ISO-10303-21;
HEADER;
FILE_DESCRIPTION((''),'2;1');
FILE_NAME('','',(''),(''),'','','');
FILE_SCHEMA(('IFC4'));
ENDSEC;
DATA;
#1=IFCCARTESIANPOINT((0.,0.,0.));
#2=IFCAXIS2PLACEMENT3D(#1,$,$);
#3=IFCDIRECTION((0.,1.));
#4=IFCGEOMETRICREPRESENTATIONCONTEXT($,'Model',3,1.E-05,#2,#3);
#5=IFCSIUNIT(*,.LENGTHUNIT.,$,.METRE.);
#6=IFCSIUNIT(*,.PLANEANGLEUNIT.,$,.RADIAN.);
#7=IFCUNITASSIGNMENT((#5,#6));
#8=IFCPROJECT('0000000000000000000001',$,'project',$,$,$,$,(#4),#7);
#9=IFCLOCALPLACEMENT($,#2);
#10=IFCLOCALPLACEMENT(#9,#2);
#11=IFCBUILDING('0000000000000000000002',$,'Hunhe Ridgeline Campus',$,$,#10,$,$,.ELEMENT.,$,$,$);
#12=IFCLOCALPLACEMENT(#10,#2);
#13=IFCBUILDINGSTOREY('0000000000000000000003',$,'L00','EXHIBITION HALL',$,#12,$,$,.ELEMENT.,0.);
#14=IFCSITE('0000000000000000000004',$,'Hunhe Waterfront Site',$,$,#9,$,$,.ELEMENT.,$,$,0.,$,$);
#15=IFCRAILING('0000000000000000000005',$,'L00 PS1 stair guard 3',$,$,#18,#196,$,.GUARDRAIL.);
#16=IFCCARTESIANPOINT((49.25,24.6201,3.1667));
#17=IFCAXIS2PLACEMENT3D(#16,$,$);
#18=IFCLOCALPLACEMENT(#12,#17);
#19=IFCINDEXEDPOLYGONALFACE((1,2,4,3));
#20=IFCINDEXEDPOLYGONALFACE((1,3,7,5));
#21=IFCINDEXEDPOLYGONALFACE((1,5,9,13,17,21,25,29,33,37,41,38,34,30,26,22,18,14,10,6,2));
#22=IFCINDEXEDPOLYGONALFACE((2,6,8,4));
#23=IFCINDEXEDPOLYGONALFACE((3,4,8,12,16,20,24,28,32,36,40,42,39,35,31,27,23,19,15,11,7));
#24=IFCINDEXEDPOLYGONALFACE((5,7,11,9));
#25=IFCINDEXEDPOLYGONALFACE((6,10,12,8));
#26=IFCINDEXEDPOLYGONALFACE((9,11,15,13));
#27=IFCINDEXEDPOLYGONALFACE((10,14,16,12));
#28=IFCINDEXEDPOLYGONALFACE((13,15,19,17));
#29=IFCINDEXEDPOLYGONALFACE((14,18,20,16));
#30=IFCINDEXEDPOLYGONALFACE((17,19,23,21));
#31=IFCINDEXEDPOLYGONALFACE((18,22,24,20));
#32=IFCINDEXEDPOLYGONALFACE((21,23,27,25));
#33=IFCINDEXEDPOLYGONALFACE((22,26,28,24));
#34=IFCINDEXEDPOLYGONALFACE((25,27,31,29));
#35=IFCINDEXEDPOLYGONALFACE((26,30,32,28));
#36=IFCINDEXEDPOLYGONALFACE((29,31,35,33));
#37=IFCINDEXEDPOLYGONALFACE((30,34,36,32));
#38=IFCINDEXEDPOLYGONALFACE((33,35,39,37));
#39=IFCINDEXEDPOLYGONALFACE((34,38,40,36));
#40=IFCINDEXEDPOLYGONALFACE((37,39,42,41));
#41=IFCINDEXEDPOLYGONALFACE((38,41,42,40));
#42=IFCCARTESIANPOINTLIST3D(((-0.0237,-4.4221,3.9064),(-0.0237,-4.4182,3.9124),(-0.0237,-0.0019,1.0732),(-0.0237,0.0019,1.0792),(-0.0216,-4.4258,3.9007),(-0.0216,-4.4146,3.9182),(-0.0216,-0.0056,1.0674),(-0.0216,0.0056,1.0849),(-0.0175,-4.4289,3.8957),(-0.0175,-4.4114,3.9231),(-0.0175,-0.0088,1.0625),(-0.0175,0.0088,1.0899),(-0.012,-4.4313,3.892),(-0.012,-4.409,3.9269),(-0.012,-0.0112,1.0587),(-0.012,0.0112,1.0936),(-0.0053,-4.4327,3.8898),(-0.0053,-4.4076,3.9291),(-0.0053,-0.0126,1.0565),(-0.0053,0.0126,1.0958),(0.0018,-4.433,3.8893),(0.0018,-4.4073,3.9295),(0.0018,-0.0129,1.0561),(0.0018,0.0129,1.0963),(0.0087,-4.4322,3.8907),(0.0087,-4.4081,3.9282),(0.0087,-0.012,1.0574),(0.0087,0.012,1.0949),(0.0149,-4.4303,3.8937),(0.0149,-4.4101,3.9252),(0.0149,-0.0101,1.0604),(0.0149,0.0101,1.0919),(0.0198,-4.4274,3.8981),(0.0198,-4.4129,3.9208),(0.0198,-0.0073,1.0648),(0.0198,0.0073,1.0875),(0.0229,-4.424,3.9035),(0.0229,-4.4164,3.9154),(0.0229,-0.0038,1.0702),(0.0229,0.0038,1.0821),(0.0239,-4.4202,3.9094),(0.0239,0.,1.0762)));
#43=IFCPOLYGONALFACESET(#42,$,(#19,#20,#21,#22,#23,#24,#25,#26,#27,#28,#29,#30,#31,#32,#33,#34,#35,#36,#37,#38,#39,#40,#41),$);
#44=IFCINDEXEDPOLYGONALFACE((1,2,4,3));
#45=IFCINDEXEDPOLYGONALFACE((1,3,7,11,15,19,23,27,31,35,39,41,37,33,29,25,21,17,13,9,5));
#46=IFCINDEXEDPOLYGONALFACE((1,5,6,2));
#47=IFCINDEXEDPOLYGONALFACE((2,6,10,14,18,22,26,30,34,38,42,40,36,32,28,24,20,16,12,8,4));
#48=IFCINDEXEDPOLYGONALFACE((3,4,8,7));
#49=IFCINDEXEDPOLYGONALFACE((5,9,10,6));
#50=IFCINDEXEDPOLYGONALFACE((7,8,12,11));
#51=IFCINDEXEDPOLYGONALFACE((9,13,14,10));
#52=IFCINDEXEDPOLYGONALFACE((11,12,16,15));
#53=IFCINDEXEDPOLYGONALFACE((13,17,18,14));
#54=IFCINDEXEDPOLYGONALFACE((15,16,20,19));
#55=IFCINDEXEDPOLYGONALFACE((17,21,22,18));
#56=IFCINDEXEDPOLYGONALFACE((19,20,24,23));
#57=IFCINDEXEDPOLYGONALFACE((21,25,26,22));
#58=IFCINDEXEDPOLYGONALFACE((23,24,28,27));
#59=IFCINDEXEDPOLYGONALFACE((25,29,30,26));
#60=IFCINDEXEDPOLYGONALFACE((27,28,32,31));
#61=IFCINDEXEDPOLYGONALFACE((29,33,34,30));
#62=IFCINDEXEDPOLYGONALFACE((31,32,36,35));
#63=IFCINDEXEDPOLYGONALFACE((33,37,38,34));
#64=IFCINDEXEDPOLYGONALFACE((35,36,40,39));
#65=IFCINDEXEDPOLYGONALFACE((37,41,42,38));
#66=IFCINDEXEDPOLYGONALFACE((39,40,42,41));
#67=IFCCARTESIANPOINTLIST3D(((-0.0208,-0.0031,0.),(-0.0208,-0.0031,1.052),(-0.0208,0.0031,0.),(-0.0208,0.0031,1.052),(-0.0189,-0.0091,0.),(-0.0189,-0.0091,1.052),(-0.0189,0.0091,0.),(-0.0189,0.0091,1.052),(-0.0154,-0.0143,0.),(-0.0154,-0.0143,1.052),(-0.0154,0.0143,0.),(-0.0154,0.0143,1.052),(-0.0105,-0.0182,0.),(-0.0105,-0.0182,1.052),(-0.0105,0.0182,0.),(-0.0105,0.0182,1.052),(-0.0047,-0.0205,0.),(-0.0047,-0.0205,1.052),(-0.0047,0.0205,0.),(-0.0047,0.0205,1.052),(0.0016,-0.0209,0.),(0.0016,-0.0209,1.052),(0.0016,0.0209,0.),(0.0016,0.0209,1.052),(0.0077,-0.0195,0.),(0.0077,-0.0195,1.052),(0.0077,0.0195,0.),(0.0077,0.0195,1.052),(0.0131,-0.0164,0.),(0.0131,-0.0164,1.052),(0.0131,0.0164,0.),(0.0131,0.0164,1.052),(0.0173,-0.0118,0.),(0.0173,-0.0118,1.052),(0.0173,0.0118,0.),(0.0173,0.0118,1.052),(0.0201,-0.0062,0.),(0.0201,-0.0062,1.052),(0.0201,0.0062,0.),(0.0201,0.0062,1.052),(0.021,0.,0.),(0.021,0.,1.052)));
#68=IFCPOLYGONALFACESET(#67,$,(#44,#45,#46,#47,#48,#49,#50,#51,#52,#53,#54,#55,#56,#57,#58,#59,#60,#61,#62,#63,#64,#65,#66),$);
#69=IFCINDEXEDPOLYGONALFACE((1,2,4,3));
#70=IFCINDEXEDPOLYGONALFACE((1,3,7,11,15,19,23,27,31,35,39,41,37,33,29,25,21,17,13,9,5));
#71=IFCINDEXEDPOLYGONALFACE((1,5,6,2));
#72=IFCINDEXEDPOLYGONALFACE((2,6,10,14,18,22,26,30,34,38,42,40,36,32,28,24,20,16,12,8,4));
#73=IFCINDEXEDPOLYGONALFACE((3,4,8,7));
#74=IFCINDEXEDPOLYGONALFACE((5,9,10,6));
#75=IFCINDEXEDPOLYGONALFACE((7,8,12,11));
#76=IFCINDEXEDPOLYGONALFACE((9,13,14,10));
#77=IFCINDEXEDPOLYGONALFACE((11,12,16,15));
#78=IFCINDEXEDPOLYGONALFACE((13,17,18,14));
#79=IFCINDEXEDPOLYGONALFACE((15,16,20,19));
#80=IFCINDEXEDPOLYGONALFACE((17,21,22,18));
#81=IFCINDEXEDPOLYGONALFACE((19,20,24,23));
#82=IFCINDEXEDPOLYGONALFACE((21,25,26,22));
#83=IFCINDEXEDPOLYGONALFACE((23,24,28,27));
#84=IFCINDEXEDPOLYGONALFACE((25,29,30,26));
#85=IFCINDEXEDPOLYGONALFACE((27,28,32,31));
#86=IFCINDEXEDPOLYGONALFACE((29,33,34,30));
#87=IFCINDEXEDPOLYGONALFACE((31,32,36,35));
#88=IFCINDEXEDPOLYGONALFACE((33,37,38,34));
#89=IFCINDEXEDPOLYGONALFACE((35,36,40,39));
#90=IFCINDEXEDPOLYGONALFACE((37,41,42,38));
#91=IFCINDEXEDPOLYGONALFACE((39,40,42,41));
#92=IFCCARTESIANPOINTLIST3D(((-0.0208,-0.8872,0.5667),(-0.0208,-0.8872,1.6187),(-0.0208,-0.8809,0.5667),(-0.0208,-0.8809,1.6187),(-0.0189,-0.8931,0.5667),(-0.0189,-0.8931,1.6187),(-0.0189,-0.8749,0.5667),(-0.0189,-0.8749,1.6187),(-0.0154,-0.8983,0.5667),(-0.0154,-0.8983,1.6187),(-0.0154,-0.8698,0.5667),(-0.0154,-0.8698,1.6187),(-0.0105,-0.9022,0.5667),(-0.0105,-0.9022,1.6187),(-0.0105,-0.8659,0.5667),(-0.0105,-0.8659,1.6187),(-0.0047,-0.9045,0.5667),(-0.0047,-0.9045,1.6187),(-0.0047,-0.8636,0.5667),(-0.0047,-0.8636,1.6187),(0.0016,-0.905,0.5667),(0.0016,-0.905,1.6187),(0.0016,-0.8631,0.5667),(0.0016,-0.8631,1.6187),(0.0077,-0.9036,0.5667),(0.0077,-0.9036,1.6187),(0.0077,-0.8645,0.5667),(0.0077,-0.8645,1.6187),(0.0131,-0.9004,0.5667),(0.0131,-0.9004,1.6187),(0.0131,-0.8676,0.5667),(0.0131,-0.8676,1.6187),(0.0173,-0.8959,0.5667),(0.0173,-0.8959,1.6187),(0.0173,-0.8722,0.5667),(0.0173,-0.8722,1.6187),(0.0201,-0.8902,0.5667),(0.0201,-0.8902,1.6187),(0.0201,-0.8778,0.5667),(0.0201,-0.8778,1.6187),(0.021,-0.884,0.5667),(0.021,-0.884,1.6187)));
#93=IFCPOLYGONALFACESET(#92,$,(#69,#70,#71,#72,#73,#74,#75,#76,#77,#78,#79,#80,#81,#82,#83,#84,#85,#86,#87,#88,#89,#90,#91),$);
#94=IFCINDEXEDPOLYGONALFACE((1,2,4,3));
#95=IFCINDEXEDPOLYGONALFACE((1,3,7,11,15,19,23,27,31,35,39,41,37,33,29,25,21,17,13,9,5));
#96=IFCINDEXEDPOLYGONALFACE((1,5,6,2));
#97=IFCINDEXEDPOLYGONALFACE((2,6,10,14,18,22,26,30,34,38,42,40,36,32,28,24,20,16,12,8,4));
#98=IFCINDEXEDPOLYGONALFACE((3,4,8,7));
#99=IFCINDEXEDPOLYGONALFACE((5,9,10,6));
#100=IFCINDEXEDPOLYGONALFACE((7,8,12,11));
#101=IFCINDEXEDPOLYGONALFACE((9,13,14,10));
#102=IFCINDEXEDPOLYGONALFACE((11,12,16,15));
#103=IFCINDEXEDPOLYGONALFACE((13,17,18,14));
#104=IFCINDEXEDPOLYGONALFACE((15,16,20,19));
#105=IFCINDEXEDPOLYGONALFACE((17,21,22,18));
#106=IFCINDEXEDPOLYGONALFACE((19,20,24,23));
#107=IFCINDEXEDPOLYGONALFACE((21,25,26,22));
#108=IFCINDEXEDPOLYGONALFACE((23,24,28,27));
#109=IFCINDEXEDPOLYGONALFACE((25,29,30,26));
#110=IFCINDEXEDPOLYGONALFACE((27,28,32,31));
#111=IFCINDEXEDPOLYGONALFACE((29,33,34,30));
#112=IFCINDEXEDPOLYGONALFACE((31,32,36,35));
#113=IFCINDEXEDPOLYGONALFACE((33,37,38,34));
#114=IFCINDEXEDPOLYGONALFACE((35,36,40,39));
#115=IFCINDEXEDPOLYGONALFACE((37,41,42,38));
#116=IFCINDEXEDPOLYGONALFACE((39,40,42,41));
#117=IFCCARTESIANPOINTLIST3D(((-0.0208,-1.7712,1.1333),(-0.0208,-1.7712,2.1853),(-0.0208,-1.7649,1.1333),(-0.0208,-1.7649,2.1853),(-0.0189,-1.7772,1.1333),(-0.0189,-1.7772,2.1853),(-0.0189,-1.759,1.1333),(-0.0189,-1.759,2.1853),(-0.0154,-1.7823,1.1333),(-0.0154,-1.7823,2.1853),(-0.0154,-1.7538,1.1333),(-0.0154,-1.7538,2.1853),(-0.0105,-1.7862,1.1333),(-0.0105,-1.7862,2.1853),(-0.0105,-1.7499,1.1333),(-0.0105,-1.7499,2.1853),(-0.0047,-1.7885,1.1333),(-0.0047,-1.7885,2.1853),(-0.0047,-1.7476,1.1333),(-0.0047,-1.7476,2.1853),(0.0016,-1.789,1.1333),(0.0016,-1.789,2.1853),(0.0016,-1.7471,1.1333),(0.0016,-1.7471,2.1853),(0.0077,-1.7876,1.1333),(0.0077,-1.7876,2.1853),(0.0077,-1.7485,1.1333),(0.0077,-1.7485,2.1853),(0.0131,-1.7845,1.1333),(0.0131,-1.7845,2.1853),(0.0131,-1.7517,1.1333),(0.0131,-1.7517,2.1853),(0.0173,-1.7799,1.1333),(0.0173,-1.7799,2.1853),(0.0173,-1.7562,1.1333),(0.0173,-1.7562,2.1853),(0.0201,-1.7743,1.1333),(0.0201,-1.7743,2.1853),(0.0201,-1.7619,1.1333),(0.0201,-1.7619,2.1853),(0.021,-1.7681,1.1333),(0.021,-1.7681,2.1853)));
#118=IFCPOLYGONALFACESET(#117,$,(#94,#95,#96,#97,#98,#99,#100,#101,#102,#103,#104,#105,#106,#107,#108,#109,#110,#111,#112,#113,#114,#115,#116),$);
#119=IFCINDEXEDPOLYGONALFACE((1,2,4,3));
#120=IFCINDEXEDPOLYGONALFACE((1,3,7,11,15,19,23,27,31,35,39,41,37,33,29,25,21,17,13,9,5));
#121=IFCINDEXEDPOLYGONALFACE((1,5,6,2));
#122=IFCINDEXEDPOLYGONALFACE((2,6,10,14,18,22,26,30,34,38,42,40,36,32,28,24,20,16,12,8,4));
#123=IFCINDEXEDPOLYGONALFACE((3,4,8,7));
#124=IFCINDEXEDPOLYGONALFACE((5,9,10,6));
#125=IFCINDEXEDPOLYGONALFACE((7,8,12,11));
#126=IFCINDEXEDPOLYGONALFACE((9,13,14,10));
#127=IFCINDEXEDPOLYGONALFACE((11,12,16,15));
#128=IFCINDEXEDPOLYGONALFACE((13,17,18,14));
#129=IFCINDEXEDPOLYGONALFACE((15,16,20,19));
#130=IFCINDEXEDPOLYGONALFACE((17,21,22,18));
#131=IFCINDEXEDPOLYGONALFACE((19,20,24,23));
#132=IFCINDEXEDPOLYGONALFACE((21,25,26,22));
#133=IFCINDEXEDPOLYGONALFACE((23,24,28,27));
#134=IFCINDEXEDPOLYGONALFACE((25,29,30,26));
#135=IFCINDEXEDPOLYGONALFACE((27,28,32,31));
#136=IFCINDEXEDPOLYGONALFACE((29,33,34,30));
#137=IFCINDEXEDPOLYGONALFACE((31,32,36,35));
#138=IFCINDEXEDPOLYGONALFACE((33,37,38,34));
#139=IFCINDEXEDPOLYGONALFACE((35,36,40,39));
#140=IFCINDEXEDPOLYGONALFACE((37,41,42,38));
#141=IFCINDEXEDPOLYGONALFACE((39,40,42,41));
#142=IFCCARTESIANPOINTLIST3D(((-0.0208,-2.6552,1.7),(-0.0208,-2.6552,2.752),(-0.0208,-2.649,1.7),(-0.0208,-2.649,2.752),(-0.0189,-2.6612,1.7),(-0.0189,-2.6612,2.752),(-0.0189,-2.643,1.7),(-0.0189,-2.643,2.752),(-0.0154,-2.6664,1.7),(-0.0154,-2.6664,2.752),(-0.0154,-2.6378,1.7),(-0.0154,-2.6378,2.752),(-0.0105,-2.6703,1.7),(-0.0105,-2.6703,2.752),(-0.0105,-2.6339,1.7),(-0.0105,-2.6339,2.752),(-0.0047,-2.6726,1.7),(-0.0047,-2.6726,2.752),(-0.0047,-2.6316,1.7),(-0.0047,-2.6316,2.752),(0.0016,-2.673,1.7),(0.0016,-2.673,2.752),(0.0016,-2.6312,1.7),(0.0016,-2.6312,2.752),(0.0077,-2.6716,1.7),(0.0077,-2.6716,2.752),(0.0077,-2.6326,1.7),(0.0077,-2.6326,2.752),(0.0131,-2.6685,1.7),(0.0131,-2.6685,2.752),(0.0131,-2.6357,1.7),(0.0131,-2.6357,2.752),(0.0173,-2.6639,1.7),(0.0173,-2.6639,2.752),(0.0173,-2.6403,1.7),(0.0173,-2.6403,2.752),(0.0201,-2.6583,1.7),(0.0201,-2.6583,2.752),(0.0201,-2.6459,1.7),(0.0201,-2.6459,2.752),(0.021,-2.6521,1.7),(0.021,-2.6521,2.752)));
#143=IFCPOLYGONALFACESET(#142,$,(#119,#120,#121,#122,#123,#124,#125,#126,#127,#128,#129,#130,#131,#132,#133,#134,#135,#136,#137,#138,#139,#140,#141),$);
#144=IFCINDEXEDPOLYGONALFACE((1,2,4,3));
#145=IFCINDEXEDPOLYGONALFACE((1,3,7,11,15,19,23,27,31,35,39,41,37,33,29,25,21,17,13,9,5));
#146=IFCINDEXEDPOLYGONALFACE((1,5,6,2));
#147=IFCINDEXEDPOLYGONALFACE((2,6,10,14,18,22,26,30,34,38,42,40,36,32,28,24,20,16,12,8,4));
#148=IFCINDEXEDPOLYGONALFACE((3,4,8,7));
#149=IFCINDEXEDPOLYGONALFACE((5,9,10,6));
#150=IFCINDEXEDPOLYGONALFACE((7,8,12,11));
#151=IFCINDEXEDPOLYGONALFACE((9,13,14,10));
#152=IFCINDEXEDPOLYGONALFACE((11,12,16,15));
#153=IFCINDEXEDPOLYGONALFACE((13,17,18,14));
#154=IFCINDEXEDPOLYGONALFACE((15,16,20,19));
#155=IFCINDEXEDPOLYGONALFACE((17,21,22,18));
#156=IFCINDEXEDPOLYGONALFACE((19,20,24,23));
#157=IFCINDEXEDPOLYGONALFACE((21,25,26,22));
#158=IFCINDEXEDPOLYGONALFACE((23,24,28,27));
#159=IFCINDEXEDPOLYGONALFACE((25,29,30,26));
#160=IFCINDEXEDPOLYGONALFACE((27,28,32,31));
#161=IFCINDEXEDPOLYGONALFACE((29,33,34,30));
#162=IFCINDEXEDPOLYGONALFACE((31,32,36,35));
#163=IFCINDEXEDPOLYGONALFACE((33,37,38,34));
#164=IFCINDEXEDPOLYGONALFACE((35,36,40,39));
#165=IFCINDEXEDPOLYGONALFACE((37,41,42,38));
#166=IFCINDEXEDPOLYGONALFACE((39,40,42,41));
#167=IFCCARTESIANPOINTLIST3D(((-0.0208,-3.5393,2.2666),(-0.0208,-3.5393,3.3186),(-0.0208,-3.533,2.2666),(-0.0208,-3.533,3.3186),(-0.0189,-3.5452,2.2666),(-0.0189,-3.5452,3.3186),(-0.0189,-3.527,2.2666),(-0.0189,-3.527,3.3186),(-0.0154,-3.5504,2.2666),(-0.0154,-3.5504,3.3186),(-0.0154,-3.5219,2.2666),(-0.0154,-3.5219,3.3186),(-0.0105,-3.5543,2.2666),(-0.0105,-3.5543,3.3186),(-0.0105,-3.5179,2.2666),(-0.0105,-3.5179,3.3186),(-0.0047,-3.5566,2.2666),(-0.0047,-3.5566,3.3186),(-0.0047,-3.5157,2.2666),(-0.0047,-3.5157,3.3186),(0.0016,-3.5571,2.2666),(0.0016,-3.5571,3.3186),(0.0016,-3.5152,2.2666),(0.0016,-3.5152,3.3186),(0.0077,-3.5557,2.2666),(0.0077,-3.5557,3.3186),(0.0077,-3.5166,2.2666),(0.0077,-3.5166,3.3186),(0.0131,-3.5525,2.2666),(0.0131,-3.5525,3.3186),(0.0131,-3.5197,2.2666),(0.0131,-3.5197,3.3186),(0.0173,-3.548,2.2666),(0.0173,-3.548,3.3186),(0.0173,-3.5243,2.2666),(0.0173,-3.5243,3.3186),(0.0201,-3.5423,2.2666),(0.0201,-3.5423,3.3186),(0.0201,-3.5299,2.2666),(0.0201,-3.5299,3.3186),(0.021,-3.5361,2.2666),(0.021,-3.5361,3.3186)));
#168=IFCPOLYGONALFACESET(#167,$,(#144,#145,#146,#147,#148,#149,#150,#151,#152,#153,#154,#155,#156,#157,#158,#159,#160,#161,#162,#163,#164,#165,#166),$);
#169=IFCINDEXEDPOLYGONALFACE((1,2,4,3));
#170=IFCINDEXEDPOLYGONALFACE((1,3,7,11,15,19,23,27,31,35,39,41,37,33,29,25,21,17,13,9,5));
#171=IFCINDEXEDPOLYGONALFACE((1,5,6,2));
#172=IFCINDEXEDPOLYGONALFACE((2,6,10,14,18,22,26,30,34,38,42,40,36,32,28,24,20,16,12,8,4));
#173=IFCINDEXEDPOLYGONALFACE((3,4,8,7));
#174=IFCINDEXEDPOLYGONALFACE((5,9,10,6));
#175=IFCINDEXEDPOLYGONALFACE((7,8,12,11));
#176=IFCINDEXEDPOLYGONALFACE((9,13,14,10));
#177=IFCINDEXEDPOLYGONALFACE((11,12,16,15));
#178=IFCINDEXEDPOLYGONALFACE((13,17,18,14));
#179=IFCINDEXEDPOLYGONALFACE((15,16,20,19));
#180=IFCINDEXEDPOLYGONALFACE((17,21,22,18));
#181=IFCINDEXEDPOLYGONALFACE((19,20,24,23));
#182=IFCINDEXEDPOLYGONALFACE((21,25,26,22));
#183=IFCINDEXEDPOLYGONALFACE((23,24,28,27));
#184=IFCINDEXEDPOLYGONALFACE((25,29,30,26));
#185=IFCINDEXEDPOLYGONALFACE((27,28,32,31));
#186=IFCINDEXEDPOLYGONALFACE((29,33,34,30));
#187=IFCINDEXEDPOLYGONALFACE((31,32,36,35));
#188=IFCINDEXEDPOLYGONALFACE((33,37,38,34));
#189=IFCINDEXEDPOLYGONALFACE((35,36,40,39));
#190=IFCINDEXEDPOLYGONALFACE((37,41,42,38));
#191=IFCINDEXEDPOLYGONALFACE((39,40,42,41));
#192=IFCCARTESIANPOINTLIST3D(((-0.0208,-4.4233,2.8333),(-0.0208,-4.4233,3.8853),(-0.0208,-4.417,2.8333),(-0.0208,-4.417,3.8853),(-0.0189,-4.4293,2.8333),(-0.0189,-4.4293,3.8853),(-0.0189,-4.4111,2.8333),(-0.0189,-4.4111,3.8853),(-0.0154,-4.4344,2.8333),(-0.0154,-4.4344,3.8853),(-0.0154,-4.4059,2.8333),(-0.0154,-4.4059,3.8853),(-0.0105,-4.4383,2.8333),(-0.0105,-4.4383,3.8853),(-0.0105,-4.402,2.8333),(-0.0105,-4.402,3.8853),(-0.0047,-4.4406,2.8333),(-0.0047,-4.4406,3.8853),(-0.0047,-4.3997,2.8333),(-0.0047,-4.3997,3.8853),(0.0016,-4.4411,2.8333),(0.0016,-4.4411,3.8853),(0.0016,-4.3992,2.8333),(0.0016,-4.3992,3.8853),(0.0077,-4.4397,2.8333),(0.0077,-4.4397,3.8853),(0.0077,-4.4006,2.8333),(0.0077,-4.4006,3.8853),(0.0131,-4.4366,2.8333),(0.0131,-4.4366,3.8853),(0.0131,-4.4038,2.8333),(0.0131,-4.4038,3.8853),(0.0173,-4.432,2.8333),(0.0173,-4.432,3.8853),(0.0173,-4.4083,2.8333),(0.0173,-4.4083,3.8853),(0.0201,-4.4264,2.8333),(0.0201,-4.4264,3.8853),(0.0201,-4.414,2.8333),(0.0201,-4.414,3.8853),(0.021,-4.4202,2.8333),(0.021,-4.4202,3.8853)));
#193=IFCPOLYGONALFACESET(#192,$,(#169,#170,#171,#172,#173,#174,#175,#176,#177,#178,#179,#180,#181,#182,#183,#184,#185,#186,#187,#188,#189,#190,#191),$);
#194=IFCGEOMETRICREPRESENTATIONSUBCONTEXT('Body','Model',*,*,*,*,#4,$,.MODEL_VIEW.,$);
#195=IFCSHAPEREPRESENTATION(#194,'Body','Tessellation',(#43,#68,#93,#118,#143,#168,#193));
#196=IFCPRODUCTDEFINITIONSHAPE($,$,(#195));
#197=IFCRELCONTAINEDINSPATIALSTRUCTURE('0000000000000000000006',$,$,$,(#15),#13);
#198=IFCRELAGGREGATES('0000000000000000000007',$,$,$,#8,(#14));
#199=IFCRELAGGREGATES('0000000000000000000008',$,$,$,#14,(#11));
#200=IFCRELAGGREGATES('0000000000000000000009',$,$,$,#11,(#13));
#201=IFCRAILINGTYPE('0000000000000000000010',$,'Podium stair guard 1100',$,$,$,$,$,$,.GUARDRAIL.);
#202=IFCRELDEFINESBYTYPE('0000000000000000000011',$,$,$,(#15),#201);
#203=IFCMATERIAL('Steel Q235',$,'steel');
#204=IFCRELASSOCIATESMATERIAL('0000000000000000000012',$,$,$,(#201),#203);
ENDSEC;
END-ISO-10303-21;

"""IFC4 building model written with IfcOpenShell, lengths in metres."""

from ifc_helpers import new_model, si_unit, direction, frame, origin, origin_2d, place, context, subcontext, project, spatial, circle, extrude, material, type_object, element, save


model = new_model("IFC4")

# Units and contexts
model_context = context("Model", 3, precision=1e-05, world=origin(), true_north=direction((0.0, 1.0)))
body_context = subcontext(model_context, "Body", "Model", "MODEL_VIEW")
ifc_project = project(units=[si_unit("LENGTHUNIT", "METRE"), si_unit("PLANEANGLEUNIT", "RADIAN")], contexts=[model_context])

# Site, building, storey
site_placement = place(None, origin())
site = spatial("IfcSite", under=ifc_project, at=site_placement, Name="Hunhe Waterfront Site", CompositionType="ELEMENT", RefElevation=0.0)
building_placement = place(site_placement, origin())
building = spatial("IfcBuilding", under=site, at=building_placement, Name="Hunhe Ridgeline Campus", CompositionType="ELEMENT")
storey_placement = place(building_placement, origin())
storey = spatial("IfcBuildingStorey", under=building, at=storey_placement, Name="L00", Description="EXHIBITION HALL", CompositionType="ELEMENT", Elevation=0.0)

# Railing
ifc_material_1 = material(Name="Steel Q235", Category="steel")
railing_type_1 = type_object("IfcRailingType", Name="Podium stair guard 1100", PredefinedType="GUARDRAIL", material=ifc_material_1)
railing_1_placement = place(storey_placement, frame((49.25, 24.6201, 3.1667)))
element("IfcRailing", 1, at=railing_1_placement, inside=storey, type_object=railing_type_1, Name="L00 PS1 stair guard 3", PredefinedType="GUARDRAIL", context=body_context, shape_type="SweptSolid", body=[
    extrude(circle(Radius=0.0239, at=origin_2d()), frame((0.0, 0.0, 1.0762), z_axis=(0.0, -0.841895, 0.539641), x_axis=(1.0, 0.0, 0.0)), (0.0, 0.0, 1.0), 5.2502),
    extrude(circle(Radius=0.021, at=origin_2d()), origin(), (0.0, 0.0, 1.0), 1.052),
    extrude(circle(Radius=0.021, at=origin_2d()), frame((0.0, -0.884, 0.5667)), (0.0, 0.0, 1.0), 1.052),
    extrude(circle(Radius=0.021, at=origin_2d()), frame((0.0, -1.7681, 1.1333)), (0.0, 0.0, 1.0), 1.052),
    extrude(circle(Radius=0.021, at=origin_2d()), frame((0.0, -2.6521, 1.7)), (0.0, 0.0, 1.0), 1.052),
    extrude(circle(Radius=0.021, at=origin_2d()), frame((0.0, -3.5361, 2.2666)), (0.0, 0.0, 1.0), 1.052),
    extrude(circle(Radius=0.021, at=origin_2d()), frame((0.0, -4.4202, 2.8333)), (0.0, 0.0, 1.0), 1.052),
])

save(model, "model.ifc")
